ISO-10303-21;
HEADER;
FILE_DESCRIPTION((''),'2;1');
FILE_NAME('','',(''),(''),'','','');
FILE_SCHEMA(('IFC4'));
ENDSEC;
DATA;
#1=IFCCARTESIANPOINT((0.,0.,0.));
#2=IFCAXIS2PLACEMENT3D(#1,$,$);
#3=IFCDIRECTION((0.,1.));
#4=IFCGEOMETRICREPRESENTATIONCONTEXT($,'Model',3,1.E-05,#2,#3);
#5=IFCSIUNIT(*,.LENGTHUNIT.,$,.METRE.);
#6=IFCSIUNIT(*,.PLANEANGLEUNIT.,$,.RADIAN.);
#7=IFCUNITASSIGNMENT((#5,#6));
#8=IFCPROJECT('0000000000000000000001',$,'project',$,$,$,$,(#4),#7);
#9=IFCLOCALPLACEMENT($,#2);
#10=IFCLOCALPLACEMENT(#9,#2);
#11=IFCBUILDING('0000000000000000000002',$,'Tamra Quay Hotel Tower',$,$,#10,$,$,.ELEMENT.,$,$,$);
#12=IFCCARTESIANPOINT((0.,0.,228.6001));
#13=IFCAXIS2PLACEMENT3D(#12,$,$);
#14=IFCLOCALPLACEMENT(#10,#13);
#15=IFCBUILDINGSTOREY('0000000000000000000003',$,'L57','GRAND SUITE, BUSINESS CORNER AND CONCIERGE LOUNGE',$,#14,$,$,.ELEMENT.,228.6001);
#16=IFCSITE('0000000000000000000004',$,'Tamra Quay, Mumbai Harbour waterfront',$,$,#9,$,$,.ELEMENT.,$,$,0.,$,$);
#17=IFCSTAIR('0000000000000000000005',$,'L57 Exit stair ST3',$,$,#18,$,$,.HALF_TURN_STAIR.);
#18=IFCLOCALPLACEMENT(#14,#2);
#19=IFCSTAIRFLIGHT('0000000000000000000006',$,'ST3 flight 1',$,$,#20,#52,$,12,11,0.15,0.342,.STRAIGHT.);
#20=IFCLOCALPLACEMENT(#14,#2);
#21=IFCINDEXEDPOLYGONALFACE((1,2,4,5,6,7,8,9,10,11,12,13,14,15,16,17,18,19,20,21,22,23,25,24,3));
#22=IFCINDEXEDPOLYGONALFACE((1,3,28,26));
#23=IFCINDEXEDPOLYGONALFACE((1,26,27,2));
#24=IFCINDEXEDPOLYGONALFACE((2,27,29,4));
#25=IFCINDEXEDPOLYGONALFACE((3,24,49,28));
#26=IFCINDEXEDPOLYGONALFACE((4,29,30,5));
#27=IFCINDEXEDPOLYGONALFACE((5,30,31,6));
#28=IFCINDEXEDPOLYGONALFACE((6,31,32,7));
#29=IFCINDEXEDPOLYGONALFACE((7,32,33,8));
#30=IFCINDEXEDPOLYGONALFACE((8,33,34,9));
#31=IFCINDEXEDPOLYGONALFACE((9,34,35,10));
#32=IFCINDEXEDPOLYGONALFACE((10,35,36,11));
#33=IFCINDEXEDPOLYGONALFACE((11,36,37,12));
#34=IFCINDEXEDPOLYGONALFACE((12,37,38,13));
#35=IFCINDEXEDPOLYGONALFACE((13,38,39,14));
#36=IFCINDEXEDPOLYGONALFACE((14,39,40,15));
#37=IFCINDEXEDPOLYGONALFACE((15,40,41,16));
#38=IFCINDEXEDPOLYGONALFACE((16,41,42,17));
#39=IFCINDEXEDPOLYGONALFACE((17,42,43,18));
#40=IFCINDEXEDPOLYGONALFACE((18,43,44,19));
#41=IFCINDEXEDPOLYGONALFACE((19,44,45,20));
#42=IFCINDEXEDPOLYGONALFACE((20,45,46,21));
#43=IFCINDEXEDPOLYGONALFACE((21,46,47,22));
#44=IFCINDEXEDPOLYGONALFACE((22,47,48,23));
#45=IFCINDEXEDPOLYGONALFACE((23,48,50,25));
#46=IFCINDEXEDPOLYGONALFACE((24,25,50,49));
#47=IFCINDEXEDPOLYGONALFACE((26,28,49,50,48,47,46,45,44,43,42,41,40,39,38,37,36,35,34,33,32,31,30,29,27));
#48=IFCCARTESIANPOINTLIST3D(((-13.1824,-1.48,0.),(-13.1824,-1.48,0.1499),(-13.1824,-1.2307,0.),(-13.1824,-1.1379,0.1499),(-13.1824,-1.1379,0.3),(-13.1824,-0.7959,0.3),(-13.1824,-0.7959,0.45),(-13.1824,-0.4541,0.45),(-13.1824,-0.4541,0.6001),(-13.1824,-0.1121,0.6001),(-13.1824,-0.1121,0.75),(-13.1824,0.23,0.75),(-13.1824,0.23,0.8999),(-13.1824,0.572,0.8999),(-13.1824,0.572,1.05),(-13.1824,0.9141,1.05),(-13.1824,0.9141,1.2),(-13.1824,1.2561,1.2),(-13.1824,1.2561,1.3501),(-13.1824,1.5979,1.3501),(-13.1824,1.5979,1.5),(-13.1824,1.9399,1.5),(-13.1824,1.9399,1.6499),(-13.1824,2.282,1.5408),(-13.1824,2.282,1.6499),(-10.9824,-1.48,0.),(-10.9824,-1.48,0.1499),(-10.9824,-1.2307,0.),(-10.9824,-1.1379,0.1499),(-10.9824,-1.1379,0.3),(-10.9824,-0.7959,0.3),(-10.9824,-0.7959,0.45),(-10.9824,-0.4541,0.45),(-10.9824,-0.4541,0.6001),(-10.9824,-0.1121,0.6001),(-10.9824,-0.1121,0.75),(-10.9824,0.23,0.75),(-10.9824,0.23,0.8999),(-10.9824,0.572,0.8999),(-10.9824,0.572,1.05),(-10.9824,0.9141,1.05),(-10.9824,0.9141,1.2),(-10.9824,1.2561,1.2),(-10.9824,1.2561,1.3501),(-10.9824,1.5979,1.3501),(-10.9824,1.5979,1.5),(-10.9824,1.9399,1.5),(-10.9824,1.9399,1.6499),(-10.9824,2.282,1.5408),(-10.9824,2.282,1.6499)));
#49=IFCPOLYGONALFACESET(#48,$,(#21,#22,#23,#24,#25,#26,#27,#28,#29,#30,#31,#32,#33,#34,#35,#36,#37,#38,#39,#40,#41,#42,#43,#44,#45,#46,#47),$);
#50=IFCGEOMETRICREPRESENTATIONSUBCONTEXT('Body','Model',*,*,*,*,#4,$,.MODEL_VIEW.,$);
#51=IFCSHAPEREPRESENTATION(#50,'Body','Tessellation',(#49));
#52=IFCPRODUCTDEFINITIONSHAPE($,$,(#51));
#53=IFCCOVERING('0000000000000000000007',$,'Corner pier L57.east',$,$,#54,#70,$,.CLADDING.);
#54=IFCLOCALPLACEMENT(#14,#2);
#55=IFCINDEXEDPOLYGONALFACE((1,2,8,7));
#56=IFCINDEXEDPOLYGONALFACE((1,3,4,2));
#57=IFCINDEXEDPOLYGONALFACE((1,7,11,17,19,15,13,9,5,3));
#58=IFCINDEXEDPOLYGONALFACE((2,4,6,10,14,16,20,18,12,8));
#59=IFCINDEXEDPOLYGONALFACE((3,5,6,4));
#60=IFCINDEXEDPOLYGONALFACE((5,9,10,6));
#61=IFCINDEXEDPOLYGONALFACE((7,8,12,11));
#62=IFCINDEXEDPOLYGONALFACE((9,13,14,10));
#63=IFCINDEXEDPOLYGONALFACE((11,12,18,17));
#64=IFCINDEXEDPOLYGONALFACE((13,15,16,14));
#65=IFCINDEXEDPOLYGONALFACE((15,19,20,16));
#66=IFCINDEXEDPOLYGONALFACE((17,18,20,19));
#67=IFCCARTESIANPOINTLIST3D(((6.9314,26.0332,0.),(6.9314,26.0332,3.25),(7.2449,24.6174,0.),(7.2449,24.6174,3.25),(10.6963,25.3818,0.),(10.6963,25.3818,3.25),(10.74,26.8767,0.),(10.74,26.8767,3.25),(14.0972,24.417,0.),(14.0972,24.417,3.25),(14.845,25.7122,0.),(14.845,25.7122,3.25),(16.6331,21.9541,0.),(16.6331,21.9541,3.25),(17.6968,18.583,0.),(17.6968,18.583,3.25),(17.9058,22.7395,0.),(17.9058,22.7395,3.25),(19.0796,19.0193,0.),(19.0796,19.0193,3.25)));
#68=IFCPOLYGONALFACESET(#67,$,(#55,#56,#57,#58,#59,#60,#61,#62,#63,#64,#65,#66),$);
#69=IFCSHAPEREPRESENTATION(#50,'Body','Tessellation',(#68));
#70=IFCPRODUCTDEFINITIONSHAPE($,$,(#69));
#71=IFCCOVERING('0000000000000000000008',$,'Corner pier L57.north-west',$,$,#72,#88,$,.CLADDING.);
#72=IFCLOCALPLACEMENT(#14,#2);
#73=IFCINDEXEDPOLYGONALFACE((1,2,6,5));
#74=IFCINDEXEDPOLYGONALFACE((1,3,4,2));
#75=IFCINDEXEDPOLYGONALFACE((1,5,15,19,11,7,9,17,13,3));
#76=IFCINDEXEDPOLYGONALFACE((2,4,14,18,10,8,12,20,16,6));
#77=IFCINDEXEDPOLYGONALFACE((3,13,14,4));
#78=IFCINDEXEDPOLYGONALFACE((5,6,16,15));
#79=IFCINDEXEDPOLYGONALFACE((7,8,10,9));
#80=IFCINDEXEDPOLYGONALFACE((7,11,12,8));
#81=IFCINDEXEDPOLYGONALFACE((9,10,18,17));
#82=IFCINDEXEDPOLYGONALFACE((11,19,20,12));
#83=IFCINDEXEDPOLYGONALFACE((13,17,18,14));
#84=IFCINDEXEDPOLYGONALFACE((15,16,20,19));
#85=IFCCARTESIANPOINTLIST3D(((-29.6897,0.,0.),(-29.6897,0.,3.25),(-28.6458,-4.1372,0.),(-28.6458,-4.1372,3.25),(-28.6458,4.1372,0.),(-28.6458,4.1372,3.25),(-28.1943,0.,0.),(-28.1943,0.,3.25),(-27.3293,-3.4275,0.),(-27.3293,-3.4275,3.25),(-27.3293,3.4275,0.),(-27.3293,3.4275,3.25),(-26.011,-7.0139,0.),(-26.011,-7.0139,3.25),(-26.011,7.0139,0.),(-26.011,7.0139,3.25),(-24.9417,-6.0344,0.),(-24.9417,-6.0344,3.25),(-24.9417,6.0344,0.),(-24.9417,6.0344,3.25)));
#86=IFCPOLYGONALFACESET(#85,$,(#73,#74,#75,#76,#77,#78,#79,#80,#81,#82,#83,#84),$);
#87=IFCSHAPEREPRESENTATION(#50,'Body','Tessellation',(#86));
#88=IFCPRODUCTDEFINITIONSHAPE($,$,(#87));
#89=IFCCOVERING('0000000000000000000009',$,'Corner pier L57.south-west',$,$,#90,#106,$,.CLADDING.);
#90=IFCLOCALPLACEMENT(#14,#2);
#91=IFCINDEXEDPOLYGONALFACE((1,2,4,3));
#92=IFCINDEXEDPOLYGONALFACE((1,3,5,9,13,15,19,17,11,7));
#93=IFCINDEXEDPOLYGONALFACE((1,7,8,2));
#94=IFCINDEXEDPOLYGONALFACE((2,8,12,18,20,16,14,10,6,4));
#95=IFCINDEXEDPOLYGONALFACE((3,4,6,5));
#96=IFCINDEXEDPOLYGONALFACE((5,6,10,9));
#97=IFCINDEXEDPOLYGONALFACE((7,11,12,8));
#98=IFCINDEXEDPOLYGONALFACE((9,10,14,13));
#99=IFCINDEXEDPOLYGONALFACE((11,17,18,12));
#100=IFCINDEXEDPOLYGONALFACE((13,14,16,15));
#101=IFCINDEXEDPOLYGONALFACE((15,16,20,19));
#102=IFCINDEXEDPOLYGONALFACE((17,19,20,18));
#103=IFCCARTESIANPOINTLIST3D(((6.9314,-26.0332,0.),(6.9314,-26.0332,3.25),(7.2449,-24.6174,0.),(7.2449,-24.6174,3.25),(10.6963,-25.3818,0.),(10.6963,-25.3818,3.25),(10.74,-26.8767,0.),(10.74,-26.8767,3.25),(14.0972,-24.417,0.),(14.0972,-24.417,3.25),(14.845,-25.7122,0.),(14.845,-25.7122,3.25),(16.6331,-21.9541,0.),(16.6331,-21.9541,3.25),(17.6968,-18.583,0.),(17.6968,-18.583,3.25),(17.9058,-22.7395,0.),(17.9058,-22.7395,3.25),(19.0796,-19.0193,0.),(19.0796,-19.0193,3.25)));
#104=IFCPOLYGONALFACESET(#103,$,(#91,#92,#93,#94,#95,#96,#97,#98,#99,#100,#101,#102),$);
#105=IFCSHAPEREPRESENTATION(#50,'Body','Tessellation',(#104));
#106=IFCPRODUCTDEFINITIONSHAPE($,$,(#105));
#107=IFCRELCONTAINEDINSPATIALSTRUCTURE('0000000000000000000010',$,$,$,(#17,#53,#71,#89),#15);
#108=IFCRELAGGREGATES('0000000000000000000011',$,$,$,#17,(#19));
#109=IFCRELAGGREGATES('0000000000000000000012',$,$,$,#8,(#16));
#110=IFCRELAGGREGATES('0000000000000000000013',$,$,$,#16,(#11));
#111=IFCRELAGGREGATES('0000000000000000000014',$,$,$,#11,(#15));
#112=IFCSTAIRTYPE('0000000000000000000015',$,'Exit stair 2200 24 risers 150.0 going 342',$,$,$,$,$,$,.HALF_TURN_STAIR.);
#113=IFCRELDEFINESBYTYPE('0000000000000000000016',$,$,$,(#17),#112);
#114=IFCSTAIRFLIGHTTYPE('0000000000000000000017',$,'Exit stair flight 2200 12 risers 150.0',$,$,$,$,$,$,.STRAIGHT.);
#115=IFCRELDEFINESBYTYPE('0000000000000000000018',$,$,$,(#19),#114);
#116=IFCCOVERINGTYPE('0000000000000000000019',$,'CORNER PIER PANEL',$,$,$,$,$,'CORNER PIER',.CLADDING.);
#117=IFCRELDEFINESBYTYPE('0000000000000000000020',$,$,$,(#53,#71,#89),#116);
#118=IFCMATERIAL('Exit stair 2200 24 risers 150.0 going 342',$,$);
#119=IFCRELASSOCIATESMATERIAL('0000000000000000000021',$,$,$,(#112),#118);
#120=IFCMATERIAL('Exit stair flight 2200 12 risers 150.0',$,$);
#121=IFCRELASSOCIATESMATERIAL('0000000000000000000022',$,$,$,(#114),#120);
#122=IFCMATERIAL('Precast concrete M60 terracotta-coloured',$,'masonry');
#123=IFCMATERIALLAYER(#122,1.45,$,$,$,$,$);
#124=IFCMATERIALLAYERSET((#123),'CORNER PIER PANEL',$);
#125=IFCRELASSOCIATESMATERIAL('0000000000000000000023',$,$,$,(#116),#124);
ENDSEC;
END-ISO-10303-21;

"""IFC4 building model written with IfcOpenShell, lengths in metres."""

from ifc_helpers import new_model, si_unit, direction, frame, origin, place, context, subcontext, project, spatial, polyline, outline, extrude, material, layer, layer_set, type_object, element, aggregate, save


model = new_model("IFC4")

# Units and contexts
model_context = context("Model", 3, precision=1e-05, world=origin(), true_north=direction((0.0, 1.0)))
body_context = subcontext(model_context, "Body", "Model", "MODEL_VIEW")
ifc_project = project(units=[si_unit("LENGTHUNIT", "METRE"), si_unit("PLANEANGLEUNIT", "RADIAN")], contexts=[model_context])

# Site, building, storey
site_placement = place(None, origin())
site = spatial("IfcSite", under=ifc_project, at=site_placement, Name="Tamra Quay, Mumbai Harbour waterfront", CompositionType="ELEMENT", RefElevation=0.0)
building_placement = place(site_placement, origin())
building = spatial("IfcBuilding", under=site, at=building_placement, Name="Tamra Quay Hotel Tower", CompositionType="ELEMENT")
storey_placement = place(building_placement, frame((0.0, 0.0, 228.6001)))
storey = spatial("IfcBuildingStorey", under=building, at=storey_placement, Name="L57", Description="GRAND SUITE, BUSINESS CORNER AND CONCIERGE LOUNGE", CompositionType="ELEMENT", Elevation=228.6001)

# Stair, stair flight
ifc_material_1 = material(Name="Exit stair 2200 24 risers 150.0 going 342")
stair_type = type_object("IfcStairType", Name="Exit stair 2200 24 risers 150.0 going 342", PredefinedType="HALF_TURN_STAIR", material=ifc_material_1)
stair_placement = place(storey_placement, origin())
stair = element("IfcStair", 1, at=stair_placement, inside=storey, type_object=stair_type, Name="L57 Exit stair ST3", PredefinedType="HALF_TURN_STAIR")
ifc_material_2 = material(Name="Exit stair flight 2200 12 risers 150.0")
stair_flight_type = type_object("IfcStairFlightType", Name="Exit stair flight 2200 12 risers 150.0", PredefinedType="STRAIGHT", material=ifc_material_2)
stair_flight_placement = place(storey_placement, frame((-12.0823, -1.48, 0.0), z_axis=(0.0, 0.0, 1.0), x_axis=(0.0, 1.0, 0.0)))
stair_flight = element("IfcStairFlight", 2, at=stair_flight_placement, type_object=stair_flight_type, Name="ST3 flight 1", NumberOfRisers=12, NumberOfTreads=11, PredefinedType="STRAIGHT", RiserHeight=0.15, TreadLength=0.342, context=body_context, shape_type="SweptSolid", body=[
    extrude(outline(polyline([(0.0, 0.0), (0.0, 0.1499), (0.342, 0.1499), (0.342, 0.3), (0.6841, 0.3), (0.6841, 0.45), (1.0259, 0.45), (1.0259, 0.6001), (1.3679, 0.6001), (1.3679, 0.75), (1.71, 0.75), (1.71, 0.8999), (2.052, 0.8999), (2.052, 1.05), (2.394, 1.05), (2.394, 1.2), (2.7361, 1.2), (2.7361, 1.3501), (3.0779, 1.3501), (3.0779, 1.5), (3.4199, 1.5), (3.4199, 1.6499), (3.762, 1.6499), (3.762, 1.8), (3.762, 1.5408), (0.2493, 0.0), (0.0, 0.0)])), frame((0.0, 1.1001, 0.0), z_axis=(0.0, -1.0, 0.0), x_axis=(1.0, 0.0, 0.0)), (0.0, 0.0, 1.0), 2.2),
])
aggregate(stair, [stair_flight])

# Coverings
ifc_material_3 = material(Name="Precast concrete M60 terracotta-coloured", Category="masonry")
ifc_layer_1 = layer(ifc_material_3, 1.45)
ifc_layer_set_1 = layer_set([ifc_layer_1], Name="CORNER PIER PANEL")
covering_type = type_object("IfcCoveringType", Name="CORNER PIER PANEL", ElementType="CORNER PIER", PredefinedType="CLADDING", material=ifc_layer_set_1)
covering_1_placement = place(storey_placement, origin())
element("IfcCovering", 3, at=covering_1_placement, inside=storey, type_object=covering_type, Name="Corner pier L57.east", PredefinedType="CLADDING", context=body_context, shape_type="SweptSolid", body=[
    extrude(outline(polyline([(17.6968, 18.583), (19.0796, 19.0193), (17.9058, 22.7395), (14.845, 25.7122), (10.74, 26.8767), (6.9314, 26.0332), (7.2449, 24.6174), (10.6963, 25.3818), (14.0972, 24.417), (16.6331, 21.9541), (17.6968, 18.583)])), origin(), (0.0, 0.0, 1.0), 3.25),
])
covering_2_placement = place(storey_placement, origin())
element("IfcCovering", 4, at=covering_2_placement, inside=storey, type_object=covering_type, Name="Corner pier L57.north-west", PredefinedType="CLADDING", context=body_context, shape_type="SweptSolid", body=[
    extrude(outline(polyline([(-24.9417, 6.0344), (-26.011, 7.0139), (-28.6458, 4.1372), (-29.6897, 0.0), (-28.6458, -4.1372), (-26.011, -7.0139), (-24.9417, -6.0344), (-27.3293, -3.4275), (-28.1943, 0.0), (-27.3293, 3.4275), (-24.9417, 6.0344)])), origin(), (0.0, 0.0, 1.0), 3.25),
])
covering_3_placement = place(storey_placement, origin())
element("IfcCovering", 5, at=covering_3_placement, inside=storey, type_object=covering_type, Name="Corner pier L57.south-west", PredefinedType="CLADDING", context=body_context, shape_type="SweptSolid", body=[
    extrude(outline(polyline([(7.2449, -24.6174), (6.9314, -26.0332), (10.74, -26.8767), (14.845, -25.7122), (17.9058, -22.7395), (19.0796, -19.0193), (17.6968, -18.583), (16.6331, -21.9541), (14.0972, -24.417), (10.6963, -25.3818), (7.2449, -24.6174)])), origin(), (0.0, 0.0, 1.0), 3.25),
])

save(model, "model.ifc")
